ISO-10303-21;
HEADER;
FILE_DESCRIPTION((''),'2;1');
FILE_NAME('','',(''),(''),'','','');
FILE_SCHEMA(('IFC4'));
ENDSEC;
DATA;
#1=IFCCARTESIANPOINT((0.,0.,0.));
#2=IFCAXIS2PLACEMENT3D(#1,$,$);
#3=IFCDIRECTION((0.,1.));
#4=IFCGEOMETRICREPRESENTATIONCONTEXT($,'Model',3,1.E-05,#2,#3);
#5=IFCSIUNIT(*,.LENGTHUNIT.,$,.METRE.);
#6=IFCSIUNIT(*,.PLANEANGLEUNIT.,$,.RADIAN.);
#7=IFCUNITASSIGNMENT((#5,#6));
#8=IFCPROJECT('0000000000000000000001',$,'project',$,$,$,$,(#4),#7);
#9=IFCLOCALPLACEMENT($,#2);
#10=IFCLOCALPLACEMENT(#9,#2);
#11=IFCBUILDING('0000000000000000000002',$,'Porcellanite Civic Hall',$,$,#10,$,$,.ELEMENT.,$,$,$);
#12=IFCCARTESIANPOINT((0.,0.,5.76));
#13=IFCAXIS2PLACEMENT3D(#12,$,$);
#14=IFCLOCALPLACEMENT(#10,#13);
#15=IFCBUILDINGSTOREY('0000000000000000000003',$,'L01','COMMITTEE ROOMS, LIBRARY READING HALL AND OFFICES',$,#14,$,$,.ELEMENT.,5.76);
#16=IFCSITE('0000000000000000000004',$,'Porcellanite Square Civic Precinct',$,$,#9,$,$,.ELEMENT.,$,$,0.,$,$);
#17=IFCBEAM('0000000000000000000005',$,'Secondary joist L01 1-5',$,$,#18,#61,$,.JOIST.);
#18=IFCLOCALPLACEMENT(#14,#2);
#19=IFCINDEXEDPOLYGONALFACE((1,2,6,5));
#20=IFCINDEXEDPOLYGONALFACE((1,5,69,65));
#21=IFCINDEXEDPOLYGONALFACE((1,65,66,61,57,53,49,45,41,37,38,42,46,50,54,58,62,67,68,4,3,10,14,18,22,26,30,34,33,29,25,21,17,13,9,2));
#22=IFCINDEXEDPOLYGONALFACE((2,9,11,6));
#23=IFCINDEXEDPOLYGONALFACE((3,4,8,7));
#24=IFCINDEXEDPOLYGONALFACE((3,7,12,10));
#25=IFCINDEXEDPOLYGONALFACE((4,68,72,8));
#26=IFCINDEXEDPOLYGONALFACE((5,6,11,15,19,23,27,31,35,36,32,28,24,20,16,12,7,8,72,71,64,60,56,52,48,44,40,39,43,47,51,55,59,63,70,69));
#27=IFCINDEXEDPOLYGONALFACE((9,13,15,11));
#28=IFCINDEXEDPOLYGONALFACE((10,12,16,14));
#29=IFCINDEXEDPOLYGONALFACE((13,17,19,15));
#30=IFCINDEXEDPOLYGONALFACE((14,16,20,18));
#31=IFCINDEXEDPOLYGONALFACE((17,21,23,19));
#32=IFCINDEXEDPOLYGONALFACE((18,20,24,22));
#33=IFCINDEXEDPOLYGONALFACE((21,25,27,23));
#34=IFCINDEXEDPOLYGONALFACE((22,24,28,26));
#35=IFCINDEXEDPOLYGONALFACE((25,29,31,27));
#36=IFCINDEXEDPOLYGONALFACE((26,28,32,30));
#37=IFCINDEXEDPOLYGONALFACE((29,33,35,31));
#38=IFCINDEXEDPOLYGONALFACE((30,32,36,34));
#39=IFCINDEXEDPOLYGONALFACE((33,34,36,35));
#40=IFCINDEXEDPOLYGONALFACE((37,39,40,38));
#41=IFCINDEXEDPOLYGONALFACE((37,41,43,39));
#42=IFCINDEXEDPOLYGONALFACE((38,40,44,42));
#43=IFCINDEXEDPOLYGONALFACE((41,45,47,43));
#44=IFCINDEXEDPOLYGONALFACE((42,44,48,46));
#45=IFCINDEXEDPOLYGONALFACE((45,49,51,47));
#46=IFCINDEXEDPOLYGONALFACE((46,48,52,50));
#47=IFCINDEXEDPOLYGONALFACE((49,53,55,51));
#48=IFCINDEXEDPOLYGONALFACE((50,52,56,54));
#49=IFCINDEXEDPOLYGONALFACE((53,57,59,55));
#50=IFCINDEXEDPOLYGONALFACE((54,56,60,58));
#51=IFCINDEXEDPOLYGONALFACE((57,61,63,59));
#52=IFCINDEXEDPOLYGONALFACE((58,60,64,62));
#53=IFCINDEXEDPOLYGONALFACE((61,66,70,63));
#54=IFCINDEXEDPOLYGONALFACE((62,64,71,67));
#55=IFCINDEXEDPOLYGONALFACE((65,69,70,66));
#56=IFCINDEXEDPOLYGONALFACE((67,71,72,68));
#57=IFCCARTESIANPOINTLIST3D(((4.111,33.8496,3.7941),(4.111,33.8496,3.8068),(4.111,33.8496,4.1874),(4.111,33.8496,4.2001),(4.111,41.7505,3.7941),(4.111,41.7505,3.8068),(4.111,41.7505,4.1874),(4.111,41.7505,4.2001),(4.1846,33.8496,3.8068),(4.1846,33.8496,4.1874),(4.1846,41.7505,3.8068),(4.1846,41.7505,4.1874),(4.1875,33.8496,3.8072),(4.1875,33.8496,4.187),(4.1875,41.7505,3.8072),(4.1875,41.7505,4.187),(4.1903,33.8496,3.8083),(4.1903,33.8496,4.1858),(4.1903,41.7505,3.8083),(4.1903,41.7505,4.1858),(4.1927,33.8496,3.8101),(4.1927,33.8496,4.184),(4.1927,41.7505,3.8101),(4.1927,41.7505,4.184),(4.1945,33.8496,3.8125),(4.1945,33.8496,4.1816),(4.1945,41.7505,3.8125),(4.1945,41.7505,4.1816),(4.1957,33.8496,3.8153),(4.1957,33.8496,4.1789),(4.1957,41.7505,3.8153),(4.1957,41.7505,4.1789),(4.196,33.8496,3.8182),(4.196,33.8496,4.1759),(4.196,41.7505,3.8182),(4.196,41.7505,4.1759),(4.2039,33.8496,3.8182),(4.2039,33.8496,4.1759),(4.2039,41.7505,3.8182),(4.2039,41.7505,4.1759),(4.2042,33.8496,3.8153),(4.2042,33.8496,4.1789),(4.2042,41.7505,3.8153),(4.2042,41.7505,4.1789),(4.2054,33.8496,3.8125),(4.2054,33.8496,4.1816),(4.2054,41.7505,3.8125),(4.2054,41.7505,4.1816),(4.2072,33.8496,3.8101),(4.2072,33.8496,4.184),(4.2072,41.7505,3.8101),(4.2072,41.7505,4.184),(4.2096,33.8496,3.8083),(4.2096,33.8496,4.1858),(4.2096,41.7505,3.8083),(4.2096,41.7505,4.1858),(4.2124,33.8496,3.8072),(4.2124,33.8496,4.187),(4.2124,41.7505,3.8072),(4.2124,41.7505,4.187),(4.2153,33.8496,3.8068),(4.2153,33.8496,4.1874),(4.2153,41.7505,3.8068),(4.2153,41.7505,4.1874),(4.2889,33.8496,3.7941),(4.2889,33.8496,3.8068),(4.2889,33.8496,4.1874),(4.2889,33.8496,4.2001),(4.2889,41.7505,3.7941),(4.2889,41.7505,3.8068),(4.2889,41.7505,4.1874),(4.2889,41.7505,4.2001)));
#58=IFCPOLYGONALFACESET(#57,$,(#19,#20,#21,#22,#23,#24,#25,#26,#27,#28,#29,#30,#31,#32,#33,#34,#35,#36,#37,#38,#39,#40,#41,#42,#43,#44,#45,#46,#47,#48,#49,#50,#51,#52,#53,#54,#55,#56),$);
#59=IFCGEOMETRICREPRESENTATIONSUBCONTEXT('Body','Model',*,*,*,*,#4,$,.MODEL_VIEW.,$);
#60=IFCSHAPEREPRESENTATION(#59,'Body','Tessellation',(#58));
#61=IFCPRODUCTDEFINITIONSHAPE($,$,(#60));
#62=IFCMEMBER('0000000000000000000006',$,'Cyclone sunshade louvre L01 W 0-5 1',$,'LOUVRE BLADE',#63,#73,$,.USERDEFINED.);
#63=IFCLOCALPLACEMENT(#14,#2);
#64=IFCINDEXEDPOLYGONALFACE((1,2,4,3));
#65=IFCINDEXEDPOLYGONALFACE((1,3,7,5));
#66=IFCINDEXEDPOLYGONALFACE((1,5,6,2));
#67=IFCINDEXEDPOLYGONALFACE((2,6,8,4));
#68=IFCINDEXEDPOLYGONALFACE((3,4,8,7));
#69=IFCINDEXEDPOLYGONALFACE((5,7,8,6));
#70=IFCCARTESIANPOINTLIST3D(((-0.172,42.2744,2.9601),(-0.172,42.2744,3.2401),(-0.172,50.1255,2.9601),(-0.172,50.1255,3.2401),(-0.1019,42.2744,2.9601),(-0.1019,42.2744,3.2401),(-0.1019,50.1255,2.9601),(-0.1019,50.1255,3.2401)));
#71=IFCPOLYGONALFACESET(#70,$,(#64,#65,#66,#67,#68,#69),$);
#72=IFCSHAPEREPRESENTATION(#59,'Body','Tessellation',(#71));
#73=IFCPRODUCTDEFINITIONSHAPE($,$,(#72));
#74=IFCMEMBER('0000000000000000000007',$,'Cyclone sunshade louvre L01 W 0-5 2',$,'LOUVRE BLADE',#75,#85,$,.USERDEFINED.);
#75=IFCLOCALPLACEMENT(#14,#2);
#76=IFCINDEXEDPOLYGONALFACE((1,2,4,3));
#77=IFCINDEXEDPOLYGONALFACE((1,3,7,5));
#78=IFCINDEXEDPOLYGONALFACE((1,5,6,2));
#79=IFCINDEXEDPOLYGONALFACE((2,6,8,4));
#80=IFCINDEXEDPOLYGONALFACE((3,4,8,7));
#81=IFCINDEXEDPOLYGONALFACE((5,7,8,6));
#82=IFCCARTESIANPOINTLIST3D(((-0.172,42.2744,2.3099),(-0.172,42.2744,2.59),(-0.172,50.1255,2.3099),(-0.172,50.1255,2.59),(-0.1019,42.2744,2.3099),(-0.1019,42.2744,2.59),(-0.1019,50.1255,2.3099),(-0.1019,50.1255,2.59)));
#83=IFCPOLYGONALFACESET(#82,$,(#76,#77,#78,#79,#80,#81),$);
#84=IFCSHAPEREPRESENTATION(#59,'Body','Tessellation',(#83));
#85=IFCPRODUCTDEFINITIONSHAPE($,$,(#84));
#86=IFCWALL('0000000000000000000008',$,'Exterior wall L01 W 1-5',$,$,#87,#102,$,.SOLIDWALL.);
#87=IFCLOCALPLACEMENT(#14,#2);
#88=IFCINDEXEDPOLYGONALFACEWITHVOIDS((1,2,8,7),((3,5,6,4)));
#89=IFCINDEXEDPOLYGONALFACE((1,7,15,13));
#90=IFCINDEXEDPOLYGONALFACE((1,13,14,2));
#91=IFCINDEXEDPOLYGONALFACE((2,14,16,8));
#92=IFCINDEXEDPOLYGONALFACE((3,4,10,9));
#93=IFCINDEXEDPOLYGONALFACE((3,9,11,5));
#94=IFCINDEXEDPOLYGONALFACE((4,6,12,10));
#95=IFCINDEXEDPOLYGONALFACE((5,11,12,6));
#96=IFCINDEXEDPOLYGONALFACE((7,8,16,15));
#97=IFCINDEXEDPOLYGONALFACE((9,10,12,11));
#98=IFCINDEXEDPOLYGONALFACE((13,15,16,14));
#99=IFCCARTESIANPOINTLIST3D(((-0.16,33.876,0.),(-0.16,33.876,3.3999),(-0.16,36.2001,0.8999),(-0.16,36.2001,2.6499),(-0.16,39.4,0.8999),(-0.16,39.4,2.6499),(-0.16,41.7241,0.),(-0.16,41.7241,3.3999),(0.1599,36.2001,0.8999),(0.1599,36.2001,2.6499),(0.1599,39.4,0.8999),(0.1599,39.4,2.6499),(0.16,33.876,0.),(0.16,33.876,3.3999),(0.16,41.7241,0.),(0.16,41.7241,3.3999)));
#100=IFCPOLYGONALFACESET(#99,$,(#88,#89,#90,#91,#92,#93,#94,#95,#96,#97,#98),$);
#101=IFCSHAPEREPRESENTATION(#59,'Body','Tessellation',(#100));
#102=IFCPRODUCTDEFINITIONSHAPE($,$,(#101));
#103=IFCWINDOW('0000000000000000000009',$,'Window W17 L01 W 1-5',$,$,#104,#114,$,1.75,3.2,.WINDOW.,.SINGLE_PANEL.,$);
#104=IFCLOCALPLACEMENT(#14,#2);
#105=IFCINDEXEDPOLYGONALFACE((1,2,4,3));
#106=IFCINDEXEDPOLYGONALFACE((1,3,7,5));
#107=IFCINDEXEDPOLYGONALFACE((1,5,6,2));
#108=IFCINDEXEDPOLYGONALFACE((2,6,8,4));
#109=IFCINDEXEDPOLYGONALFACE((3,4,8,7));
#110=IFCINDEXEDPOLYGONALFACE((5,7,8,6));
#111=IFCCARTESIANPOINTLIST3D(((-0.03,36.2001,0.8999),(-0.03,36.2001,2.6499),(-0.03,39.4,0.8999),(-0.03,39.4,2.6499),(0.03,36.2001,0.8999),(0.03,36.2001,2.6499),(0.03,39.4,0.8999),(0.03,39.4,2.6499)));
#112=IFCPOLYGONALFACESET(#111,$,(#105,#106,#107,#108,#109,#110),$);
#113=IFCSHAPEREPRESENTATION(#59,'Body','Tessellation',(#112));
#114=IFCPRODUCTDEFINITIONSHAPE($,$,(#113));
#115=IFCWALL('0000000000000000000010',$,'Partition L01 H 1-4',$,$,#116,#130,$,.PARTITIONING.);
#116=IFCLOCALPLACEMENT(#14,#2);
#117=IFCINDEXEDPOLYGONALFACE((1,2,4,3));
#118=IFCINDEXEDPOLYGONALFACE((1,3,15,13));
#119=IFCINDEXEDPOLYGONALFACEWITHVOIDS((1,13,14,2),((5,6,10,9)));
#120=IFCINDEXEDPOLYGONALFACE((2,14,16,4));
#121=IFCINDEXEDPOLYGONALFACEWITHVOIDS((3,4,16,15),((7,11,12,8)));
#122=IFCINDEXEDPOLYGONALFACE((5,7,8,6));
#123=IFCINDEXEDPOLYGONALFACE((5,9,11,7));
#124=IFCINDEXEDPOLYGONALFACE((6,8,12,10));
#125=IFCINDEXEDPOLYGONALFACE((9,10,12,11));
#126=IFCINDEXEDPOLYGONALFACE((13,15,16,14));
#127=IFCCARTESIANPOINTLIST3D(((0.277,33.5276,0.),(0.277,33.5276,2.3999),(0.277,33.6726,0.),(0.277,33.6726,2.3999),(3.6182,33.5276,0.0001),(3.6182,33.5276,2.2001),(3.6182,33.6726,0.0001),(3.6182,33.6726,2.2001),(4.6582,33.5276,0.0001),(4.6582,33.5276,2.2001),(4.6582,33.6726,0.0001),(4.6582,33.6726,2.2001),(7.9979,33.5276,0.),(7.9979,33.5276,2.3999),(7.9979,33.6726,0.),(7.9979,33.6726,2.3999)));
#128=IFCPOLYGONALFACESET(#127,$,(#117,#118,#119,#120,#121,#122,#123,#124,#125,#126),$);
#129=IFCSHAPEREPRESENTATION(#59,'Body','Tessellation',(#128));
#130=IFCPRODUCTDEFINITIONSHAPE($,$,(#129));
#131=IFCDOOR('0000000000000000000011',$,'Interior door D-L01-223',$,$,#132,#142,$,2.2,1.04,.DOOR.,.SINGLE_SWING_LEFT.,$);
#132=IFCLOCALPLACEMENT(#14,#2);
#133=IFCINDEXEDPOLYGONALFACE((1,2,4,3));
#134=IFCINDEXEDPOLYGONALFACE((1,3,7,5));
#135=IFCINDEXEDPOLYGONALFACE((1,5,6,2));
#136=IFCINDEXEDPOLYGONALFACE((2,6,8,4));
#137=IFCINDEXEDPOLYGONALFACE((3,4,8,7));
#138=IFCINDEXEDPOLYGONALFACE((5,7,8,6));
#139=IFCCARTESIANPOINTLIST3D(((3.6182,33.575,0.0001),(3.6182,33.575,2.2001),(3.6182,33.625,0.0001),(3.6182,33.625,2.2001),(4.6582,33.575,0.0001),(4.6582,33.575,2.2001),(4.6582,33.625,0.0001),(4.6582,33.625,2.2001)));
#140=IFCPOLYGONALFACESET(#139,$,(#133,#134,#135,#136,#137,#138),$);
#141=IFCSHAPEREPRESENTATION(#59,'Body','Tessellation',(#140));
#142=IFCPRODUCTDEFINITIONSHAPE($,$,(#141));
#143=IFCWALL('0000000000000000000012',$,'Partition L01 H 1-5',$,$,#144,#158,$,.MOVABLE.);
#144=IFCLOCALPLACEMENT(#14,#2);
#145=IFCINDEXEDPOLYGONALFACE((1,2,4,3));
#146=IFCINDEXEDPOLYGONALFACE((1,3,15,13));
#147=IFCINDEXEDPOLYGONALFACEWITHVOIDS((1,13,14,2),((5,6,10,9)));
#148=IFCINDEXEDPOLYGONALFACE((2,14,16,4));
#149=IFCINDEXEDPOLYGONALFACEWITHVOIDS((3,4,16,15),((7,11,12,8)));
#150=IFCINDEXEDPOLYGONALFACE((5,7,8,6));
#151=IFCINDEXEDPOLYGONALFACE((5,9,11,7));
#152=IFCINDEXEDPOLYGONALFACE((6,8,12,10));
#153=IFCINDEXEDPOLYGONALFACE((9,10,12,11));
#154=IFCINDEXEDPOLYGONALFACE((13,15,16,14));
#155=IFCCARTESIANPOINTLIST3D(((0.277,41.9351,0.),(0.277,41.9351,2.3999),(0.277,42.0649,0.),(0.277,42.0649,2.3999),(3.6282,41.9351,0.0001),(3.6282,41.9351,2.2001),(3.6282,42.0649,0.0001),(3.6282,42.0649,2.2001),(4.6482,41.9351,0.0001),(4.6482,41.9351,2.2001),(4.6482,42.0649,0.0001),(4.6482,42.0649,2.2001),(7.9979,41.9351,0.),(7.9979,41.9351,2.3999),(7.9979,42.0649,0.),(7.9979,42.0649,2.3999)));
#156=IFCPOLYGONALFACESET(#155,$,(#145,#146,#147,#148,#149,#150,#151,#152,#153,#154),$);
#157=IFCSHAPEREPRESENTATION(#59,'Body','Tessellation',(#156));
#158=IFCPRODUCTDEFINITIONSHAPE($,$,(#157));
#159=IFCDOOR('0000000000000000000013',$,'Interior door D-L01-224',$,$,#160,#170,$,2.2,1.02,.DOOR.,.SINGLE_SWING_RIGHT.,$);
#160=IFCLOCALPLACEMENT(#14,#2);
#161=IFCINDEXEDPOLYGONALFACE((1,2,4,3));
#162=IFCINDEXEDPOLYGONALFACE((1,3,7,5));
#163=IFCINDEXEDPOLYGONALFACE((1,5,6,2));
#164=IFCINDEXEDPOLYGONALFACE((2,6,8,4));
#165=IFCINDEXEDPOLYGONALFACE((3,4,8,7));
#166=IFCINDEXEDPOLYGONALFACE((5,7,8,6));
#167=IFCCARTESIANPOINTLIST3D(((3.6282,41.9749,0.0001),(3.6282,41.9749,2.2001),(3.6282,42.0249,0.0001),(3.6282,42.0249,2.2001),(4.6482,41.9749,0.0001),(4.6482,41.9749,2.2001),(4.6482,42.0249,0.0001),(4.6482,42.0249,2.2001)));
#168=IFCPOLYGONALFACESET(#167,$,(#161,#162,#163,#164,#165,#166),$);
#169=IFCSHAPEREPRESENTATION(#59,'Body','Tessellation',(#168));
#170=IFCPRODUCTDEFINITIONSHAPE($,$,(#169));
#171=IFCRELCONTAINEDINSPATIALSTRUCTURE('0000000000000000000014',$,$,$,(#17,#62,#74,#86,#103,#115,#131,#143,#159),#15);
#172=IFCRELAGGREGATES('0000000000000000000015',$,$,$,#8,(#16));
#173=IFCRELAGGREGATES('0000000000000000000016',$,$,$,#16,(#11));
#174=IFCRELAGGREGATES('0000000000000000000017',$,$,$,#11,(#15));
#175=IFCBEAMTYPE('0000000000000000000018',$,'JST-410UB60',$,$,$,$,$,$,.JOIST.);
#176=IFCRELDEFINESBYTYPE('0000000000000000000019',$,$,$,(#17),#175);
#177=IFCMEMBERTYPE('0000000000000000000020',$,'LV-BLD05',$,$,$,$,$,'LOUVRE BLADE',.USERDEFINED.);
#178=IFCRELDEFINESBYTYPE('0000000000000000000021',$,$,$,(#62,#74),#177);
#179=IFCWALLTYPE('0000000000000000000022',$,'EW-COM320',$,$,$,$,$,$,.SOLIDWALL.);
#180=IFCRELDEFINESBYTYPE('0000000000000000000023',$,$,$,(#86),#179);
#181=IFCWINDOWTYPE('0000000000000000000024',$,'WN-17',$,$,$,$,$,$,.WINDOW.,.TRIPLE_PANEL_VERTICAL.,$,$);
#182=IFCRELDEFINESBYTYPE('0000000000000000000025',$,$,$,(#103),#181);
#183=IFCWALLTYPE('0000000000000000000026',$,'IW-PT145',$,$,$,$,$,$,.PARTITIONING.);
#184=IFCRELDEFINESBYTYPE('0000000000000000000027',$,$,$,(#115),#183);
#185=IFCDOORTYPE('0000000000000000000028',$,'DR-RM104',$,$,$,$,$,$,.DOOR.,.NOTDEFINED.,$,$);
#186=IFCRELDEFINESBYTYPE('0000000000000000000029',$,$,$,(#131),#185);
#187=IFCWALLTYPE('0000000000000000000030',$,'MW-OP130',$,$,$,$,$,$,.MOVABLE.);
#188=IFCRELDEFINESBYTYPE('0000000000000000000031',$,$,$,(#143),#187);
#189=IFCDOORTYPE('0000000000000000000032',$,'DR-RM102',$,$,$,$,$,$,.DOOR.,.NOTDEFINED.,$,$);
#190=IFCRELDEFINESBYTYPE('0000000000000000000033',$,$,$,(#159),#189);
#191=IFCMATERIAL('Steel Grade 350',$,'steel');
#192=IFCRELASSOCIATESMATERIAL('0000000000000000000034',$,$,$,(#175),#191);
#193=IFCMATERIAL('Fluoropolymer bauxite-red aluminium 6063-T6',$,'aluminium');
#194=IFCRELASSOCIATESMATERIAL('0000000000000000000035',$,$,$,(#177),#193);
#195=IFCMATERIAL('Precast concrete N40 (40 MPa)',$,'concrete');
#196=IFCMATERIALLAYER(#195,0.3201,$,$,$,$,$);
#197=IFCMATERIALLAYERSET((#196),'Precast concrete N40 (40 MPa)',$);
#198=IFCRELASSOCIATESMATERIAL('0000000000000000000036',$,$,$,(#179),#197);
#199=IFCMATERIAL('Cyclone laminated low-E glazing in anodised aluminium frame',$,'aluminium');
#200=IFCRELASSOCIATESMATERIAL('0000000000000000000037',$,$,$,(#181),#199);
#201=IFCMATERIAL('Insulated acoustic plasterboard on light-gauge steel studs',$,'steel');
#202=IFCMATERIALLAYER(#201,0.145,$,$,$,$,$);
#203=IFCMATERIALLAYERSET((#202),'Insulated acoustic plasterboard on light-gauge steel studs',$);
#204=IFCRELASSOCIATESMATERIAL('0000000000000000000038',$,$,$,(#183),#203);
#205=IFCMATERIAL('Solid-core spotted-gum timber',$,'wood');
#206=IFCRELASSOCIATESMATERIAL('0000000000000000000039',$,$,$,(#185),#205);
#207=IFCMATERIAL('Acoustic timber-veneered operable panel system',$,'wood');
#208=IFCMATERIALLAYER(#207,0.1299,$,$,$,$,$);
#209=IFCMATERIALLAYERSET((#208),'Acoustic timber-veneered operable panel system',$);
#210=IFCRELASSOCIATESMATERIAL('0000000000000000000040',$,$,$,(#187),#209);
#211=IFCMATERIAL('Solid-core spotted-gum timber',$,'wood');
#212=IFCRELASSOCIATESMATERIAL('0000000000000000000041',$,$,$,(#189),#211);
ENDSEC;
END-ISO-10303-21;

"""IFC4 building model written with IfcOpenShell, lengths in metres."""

from ifc_helpers import new_model, si_unit, direction, frame, frame_2d, origin, origin_2d, place, context, subcontext, project, spatial, rectangle, i_section, extrude, material, layer, layer_set, material_profile, profile_set, type_object, element, fill, save


model = new_model("IFC4")

# Units and contexts
model_context = context("Model", 3, precision=1e-05, world=origin(), true_north=direction((0.0, 1.0)))
body_context = subcontext(model_context, "Body", "Model", "MODEL_VIEW")
ifc_project = project(units=[si_unit("LENGTHUNIT", "METRE"), si_unit("PLANEANGLEUNIT", "RADIAN")], contexts=[model_context])

# Site, building, storey
site_placement = place(None, origin())
site = spatial("IfcSite", under=ifc_project, at=site_placement, Name="Porcellanite Square Civic Precinct", CompositionType="ELEMENT", RefElevation=0.0)
building_placement = place(site_placement, origin())
building = spatial("IfcBuilding", under=site, at=building_placement, Name="Porcellanite Civic Hall", CompositionType="ELEMENT")
storey_placement = place(building_placement, frame((0.0, 0.0, 5.76)))
storey = spatial("IfcBuildingStorey", under=building, at=storey_placement, Name="L01", Description="COMMITTEE ROOMS, LIBRARY READING HALL AND OFFICES", CompositionType="ELEMENT", Elevation=5.76)

# Beam
ifc_material_1 = material(Name="Steel Grade 350", Category="steel")
ifc_material_profile_1 = material_profile(ifc_material_1, i_section(OverallWidth=0.178, OverallDepth=0.406, WebThickness=0.0078, FlangeThickness=0.0127, FilletRadius=0.0115, at=origin_2d()), Name="410UB59.7")
ifc_profile_set_1 = profile_set([ifc_material_profile_1], Name="Steel Grade 350")
beam_type_1 = type_object("IfcBeamType", Name="JST-410UB60", PredefinedType="JOIST", material=ifc_profile_set_1)
beam_1_placement = place(storey_placement, frame((4.2, 33.8496, 3.9971), z_axis=(0.0, 1.0, 0.0), x_axis=(-1.0, 0.0, 0.0)))
element("IfcBeam", 1, at=beam_1_placement, inside=storey, type_object=beam_type_1, Name="Secondary joist L01 1-5", PredefinedType="JOIST", context=body_context, shape_type="SweptSolid", body=[
    extrude(i_section(OverallWidth=0.178, OverallDepth=0.406, WebThickness=0.0078, FlangeThickness=0.0127, FilletRadius=0.0115, at=origin_2d()), origin(), (0.0, 0.0, 1.0), 7.9009),
])

# Members
ifc_material_2 = material(Name="Fluoropolymer bauxite-red aluminium 6063-T6", Category="aluminium")
ifc_material_profile_2 = material_profile(ifc_material_2, rectangle(XDim=0.0701, YDim=0.28, at=origin_2d()), Name="AL-70x280")
ifc_profile_set_2 = profile_set([ifc_material_profile_2], Name="Fluoropolymer bauxite-red aluminium 6063-T6")
member_type = type_object("IfcMemberType", Name="LV-BLD05", ElementType="LOUVRE BLADE", PredefinedType="USERDEFINED", material=ifc_profile_set_2)
for number, where, z_axis, x_axis, name in (
    (2, (-0.137, 42.2744, 3.1001), (0.0, 1.0, 0.0), (-1.0, 0.0, 0.0), "Cyclone sunshade louvre L01 W 0-5 1"),
    (3, (-0.137, 42.2744, 2.45), (0.0, 1.0, 0.0), (-1.0, 0.0, 0.0), "Cyclone sunshade louvre L01 W 0-5 2"),
):
    element("IfcMember", number, at=place(storey_placement, frame(where, z_axis=z_axis, x_axis=x_axis)), inside=storey, type_object=member_type, Name=name, ObjectType="LOUVRE BLADE", PredefinedType="USERDEFINED", context=body_context, shape_type="SweptSolid", body=[
        extrude(rectangle(XDim=0.0701, YDim=0.28, at=origin_2d()), origin(), (0.0, 0.0, 1.0), 7.8511),
    ])

# Wall, opening, window
ifc_material_3 = material(Name="Precast concrete N40 (40 MPa)", Category="concrete")
ifc_layer_1 = layer(ifc_material_3, 0.3201)
ifc_layer_set_1 = layer_set([ifc_layer_1], Name="Precast concrete N40 (40 MPa)")
wall_type_1 = type_object("IfcWallType", Name="EW-COM320", PredefinedType="SOLIDWALL", material=ifc_layer_set_1)
wall_1_placement = place(storey_placement, frame((0.0, 33.876, 0.0), z_axis=(0.0, 0.0, 1.0), x_axis=(0.0, 1.0, 0.0)))
wall_1 = element("IfcWall", 4, at=wall_1_placement, inside=storey, type_object=wall_type_1, Name="Exterior wall L01 W 1-5", PredefinedType="SOLIDWALL", context=body_context, shape_type="SweptSolid", body=[
    extrude(rectangle(XDim=7.8481, YDim=0.3201, at=frame_2d((3.9241, 0.0))), origin(), (0.0, 0.0, 1.0), 3.3999),
])
opening_1_placement = place(wall_1_placement, frame((2.324, 0.0, 0.8999)))
opening_1 = element("IfcOpeningElement", 5, at=opening_1_placement, cuts=wall_1, PredefinedType="OPENING", context=body_context, shape_type="SweptSolid", body=[
    extrude(rectangle(XDim=3.2, YDim=1.75, at=frame_2d((1.6001, 0.875))), frame((0.0, 0.1602, 0.0), z_axis=(0.0, -1.0, 0.0), x_axis=(1.0, 0.0, 0.0)), (0.0, 0.0, 1.0), 0.3201),
])
ifc_material_4 = material(Name="Cyclone laminated low-E glazing in anodised aluminium frame", Category="aluminium")
window_type = type_object("IfcWindowType", Name="WN-17", PartitioningType="TRIPLE_PANEL_VERTICAL", PredefinedType="WINDOW", material=ifc_material_4)
window_placement = place(opening_1_placement, origin())
window = element("IfcWindow", 6, at=window_placement, inside=storey, type_object=window_type, Name="Window W17 L01 W 1-5", OverallHeight=1.75, OverallWidth=3.2, PartitioningType="SINGLE_PANEL", PredefinedType="WINDOW", context=body_context, shape_type="SweptSolid", body=[
    extrude(rectangle(XDim=3.2, YDim=1.75, at=frame_2d((1.6001, 0.875))), frame((0.0, 0.03, 0.0), z_axis=(0.0, -1.0, 0.0), x_axis=(1.0, 0.0, 0.0)), (0.0, 0.0, 1.0), 0.0601),
])
fill(opening_1, window)

# Walls, openings, doors
ifc_material_5 = material(Name="Insulated acoustic plasterboard on light-gauge steel studs", Category="steel")
ifc_layer_2 = layer(ifc_material_5, 0.145)
ifc_layer_set_2 = layer_set([ifc_layer_2], Name="Insulated acoustic plasterboard on light-gauge steel studs")
wall_type_2 = type_object("IfcWallType", Name="IW-PT145", PredefinedType="PARTITIONING", material=ifc_layer_set_2)
wall_2_placement = place(storey_placement, frame((0.2771, 33.6001, 0.0), z_axis=(0.0, 0.0, 1.0), x_axis=(1.0, 0.0, 0.0)))
wall_2 = element("IfcWall", 7, at=wall_2_placement, inside=storey, type_object=wall_type_2, Name="Partition L01 H 1-4", PredefinedType="PARTITIONING", context=body_context, shape_type="SweptSolid", body=[
    extrude(rectangle(XDim=7.7209, YDim=0.145, at=frame_2d((3.8604, 0.0))), origin(), (0.0, 0.0, 1.0), 2.3999),
])
opening_2_placement = place(wall_2_placement, frame((3.3411, 0.0, 0.0)))
opening_2 = element("IfcOpeningElement", 8, at=opening_2_placement, cuts=wall_2, PredefinedType="OPENING", context=body_context, shape_type="SweptSolid", body=[
    extrude(rectangle(XDim=1.04, YDim=2.2, at=frame_2d((0.52, 1.1001))), frame((0.0, 0.0725, 0.0), z_axis=(0.0, -1.0, 0.0), x_axis=(1.0, 0.0, 0.0)), (0.0, 0.0, 1.0), 0.145),
])
ifc_material_6 = material(Name="Solid-core spotted-gum timber", Category="wood")
door_type_1 = type_object("IfcDoorType", Name="DR-RM104", OperationType="NOTDEFINED", PredefinedType="DOOR", material=ifc_material_6)
door_1_placement = place(opening_2_placement, origin())
door_1 = element("IfcDoor", 9, at=door_1_placement, inside=storey, type_object=door_type_1, Name="Interior door D-L01-223", OperationType="SINGLE_SWING_LEFT", OverallHeight=2.2, OverallWidth=1.04, PredefinedType="DOOR", context=body_context, shape_type="SweptSolid", body=[
    extrude(rectangle(XDim=1.04, YDim=2.2, at=frame_2d((0.52, 1.1001))), frame((0.0, 0.0249, 0.0), z_axis=(0.0, -1.0, 0.0), x_axis=(1.0, 0.0, 0.0)), (0.0, 0.0, 1.0), 0.05),
])
fill(opening_2, door_1)
ifc_material_7 = material(Name="Acoustic timber-veneered operable panel system", Category="wood")
ifc_layer_3 = layer(ifc_material_7, 0.1299)
ifc_layer_set_3 = layer_set([ifc_layer_3], Name="Acoustic timber-veneered operable panel system")
wall_type_3 = type_object("IfcWallType", Name="MW-OP130", PredefinedType="MOVABLE", material=ifc_layer_set_3)
wall_3_placement = place(storey_placement, frame((0.2771, 42.0, 0.0), z_axis=(0.0, 0.0, 1.0), x_axis=(1.0, 0.0, 0.0)))
wall_3 = element("IfcWall", 10, at=wall_3_placement, inside=storey, type_object=wall_type_3, Name="Partition L01 H 1-5", PredefinedType="MOVABLE", context=body_context, shape_type="SweptSolid", body=[
    extrude(rectangle(XDim=7.7209, YDim=0.1299, at=frame_2d((3.8604, 0.0))), origin(), (0.0, 0.0, 1.0), 2.3999),
])
opening_3_placement = place(wall_3_placement, frame((3.3511, 0.0, 0.0)))
opening_3 = element("IfcOpeningElement", 11, at=opening_3_placement, cuts=wall_3, PredefinedType="OPENING", context=body_context, shape_type="SweptSolid", body=[
    extrude(rectangle(XDim=1.02, YDim=2.2, at=frame_2d((0.51, 1.1001))), frame((0.0, 0.0649, 0.0), z_axis=(0.0, -1.0, 0.0), x_axis=(1.0, 0.0, 0.0)), (0.0, 0.0, 1.0), 0.1299),
])
ifc_material_8 = material(Name="Solid-core spotted-gum timber", Category="wood")
door_type_2 = type_object("IfcDoorType", Name="DR-RM102", OperationType="NOTDEFINED", PredefinedType="DOOR", material=ifc_material_8)
door_2_placement = place(opening_3_placement, origin())
door_2 = element("IfcDoor", 12, at=door_2_placement, inside=storey, type_object=door_type_2, Name="Interior door D-L01-224", OperationType="SINGLE_SWING_RIGHT", OverallHeight=2.2, OverallWidth=1.02, PredefinedType="DOOR", context=body_context, shape_type="SweptSolid", body=[
    extrude(rectangle(XDim=1.02, YDim=2.2, at=frame_2d((0.51, 1.1001))), frame((0.0, 0.0249, 0.0), z_axis=(0.0, -1.0, 0.0), x_axis=(1.0, 0.0, 0.0)), (0.0, 0.0, 1.0), 0.05),
])
fill(opening_3, door_2)

save(model, "model.ifc")
